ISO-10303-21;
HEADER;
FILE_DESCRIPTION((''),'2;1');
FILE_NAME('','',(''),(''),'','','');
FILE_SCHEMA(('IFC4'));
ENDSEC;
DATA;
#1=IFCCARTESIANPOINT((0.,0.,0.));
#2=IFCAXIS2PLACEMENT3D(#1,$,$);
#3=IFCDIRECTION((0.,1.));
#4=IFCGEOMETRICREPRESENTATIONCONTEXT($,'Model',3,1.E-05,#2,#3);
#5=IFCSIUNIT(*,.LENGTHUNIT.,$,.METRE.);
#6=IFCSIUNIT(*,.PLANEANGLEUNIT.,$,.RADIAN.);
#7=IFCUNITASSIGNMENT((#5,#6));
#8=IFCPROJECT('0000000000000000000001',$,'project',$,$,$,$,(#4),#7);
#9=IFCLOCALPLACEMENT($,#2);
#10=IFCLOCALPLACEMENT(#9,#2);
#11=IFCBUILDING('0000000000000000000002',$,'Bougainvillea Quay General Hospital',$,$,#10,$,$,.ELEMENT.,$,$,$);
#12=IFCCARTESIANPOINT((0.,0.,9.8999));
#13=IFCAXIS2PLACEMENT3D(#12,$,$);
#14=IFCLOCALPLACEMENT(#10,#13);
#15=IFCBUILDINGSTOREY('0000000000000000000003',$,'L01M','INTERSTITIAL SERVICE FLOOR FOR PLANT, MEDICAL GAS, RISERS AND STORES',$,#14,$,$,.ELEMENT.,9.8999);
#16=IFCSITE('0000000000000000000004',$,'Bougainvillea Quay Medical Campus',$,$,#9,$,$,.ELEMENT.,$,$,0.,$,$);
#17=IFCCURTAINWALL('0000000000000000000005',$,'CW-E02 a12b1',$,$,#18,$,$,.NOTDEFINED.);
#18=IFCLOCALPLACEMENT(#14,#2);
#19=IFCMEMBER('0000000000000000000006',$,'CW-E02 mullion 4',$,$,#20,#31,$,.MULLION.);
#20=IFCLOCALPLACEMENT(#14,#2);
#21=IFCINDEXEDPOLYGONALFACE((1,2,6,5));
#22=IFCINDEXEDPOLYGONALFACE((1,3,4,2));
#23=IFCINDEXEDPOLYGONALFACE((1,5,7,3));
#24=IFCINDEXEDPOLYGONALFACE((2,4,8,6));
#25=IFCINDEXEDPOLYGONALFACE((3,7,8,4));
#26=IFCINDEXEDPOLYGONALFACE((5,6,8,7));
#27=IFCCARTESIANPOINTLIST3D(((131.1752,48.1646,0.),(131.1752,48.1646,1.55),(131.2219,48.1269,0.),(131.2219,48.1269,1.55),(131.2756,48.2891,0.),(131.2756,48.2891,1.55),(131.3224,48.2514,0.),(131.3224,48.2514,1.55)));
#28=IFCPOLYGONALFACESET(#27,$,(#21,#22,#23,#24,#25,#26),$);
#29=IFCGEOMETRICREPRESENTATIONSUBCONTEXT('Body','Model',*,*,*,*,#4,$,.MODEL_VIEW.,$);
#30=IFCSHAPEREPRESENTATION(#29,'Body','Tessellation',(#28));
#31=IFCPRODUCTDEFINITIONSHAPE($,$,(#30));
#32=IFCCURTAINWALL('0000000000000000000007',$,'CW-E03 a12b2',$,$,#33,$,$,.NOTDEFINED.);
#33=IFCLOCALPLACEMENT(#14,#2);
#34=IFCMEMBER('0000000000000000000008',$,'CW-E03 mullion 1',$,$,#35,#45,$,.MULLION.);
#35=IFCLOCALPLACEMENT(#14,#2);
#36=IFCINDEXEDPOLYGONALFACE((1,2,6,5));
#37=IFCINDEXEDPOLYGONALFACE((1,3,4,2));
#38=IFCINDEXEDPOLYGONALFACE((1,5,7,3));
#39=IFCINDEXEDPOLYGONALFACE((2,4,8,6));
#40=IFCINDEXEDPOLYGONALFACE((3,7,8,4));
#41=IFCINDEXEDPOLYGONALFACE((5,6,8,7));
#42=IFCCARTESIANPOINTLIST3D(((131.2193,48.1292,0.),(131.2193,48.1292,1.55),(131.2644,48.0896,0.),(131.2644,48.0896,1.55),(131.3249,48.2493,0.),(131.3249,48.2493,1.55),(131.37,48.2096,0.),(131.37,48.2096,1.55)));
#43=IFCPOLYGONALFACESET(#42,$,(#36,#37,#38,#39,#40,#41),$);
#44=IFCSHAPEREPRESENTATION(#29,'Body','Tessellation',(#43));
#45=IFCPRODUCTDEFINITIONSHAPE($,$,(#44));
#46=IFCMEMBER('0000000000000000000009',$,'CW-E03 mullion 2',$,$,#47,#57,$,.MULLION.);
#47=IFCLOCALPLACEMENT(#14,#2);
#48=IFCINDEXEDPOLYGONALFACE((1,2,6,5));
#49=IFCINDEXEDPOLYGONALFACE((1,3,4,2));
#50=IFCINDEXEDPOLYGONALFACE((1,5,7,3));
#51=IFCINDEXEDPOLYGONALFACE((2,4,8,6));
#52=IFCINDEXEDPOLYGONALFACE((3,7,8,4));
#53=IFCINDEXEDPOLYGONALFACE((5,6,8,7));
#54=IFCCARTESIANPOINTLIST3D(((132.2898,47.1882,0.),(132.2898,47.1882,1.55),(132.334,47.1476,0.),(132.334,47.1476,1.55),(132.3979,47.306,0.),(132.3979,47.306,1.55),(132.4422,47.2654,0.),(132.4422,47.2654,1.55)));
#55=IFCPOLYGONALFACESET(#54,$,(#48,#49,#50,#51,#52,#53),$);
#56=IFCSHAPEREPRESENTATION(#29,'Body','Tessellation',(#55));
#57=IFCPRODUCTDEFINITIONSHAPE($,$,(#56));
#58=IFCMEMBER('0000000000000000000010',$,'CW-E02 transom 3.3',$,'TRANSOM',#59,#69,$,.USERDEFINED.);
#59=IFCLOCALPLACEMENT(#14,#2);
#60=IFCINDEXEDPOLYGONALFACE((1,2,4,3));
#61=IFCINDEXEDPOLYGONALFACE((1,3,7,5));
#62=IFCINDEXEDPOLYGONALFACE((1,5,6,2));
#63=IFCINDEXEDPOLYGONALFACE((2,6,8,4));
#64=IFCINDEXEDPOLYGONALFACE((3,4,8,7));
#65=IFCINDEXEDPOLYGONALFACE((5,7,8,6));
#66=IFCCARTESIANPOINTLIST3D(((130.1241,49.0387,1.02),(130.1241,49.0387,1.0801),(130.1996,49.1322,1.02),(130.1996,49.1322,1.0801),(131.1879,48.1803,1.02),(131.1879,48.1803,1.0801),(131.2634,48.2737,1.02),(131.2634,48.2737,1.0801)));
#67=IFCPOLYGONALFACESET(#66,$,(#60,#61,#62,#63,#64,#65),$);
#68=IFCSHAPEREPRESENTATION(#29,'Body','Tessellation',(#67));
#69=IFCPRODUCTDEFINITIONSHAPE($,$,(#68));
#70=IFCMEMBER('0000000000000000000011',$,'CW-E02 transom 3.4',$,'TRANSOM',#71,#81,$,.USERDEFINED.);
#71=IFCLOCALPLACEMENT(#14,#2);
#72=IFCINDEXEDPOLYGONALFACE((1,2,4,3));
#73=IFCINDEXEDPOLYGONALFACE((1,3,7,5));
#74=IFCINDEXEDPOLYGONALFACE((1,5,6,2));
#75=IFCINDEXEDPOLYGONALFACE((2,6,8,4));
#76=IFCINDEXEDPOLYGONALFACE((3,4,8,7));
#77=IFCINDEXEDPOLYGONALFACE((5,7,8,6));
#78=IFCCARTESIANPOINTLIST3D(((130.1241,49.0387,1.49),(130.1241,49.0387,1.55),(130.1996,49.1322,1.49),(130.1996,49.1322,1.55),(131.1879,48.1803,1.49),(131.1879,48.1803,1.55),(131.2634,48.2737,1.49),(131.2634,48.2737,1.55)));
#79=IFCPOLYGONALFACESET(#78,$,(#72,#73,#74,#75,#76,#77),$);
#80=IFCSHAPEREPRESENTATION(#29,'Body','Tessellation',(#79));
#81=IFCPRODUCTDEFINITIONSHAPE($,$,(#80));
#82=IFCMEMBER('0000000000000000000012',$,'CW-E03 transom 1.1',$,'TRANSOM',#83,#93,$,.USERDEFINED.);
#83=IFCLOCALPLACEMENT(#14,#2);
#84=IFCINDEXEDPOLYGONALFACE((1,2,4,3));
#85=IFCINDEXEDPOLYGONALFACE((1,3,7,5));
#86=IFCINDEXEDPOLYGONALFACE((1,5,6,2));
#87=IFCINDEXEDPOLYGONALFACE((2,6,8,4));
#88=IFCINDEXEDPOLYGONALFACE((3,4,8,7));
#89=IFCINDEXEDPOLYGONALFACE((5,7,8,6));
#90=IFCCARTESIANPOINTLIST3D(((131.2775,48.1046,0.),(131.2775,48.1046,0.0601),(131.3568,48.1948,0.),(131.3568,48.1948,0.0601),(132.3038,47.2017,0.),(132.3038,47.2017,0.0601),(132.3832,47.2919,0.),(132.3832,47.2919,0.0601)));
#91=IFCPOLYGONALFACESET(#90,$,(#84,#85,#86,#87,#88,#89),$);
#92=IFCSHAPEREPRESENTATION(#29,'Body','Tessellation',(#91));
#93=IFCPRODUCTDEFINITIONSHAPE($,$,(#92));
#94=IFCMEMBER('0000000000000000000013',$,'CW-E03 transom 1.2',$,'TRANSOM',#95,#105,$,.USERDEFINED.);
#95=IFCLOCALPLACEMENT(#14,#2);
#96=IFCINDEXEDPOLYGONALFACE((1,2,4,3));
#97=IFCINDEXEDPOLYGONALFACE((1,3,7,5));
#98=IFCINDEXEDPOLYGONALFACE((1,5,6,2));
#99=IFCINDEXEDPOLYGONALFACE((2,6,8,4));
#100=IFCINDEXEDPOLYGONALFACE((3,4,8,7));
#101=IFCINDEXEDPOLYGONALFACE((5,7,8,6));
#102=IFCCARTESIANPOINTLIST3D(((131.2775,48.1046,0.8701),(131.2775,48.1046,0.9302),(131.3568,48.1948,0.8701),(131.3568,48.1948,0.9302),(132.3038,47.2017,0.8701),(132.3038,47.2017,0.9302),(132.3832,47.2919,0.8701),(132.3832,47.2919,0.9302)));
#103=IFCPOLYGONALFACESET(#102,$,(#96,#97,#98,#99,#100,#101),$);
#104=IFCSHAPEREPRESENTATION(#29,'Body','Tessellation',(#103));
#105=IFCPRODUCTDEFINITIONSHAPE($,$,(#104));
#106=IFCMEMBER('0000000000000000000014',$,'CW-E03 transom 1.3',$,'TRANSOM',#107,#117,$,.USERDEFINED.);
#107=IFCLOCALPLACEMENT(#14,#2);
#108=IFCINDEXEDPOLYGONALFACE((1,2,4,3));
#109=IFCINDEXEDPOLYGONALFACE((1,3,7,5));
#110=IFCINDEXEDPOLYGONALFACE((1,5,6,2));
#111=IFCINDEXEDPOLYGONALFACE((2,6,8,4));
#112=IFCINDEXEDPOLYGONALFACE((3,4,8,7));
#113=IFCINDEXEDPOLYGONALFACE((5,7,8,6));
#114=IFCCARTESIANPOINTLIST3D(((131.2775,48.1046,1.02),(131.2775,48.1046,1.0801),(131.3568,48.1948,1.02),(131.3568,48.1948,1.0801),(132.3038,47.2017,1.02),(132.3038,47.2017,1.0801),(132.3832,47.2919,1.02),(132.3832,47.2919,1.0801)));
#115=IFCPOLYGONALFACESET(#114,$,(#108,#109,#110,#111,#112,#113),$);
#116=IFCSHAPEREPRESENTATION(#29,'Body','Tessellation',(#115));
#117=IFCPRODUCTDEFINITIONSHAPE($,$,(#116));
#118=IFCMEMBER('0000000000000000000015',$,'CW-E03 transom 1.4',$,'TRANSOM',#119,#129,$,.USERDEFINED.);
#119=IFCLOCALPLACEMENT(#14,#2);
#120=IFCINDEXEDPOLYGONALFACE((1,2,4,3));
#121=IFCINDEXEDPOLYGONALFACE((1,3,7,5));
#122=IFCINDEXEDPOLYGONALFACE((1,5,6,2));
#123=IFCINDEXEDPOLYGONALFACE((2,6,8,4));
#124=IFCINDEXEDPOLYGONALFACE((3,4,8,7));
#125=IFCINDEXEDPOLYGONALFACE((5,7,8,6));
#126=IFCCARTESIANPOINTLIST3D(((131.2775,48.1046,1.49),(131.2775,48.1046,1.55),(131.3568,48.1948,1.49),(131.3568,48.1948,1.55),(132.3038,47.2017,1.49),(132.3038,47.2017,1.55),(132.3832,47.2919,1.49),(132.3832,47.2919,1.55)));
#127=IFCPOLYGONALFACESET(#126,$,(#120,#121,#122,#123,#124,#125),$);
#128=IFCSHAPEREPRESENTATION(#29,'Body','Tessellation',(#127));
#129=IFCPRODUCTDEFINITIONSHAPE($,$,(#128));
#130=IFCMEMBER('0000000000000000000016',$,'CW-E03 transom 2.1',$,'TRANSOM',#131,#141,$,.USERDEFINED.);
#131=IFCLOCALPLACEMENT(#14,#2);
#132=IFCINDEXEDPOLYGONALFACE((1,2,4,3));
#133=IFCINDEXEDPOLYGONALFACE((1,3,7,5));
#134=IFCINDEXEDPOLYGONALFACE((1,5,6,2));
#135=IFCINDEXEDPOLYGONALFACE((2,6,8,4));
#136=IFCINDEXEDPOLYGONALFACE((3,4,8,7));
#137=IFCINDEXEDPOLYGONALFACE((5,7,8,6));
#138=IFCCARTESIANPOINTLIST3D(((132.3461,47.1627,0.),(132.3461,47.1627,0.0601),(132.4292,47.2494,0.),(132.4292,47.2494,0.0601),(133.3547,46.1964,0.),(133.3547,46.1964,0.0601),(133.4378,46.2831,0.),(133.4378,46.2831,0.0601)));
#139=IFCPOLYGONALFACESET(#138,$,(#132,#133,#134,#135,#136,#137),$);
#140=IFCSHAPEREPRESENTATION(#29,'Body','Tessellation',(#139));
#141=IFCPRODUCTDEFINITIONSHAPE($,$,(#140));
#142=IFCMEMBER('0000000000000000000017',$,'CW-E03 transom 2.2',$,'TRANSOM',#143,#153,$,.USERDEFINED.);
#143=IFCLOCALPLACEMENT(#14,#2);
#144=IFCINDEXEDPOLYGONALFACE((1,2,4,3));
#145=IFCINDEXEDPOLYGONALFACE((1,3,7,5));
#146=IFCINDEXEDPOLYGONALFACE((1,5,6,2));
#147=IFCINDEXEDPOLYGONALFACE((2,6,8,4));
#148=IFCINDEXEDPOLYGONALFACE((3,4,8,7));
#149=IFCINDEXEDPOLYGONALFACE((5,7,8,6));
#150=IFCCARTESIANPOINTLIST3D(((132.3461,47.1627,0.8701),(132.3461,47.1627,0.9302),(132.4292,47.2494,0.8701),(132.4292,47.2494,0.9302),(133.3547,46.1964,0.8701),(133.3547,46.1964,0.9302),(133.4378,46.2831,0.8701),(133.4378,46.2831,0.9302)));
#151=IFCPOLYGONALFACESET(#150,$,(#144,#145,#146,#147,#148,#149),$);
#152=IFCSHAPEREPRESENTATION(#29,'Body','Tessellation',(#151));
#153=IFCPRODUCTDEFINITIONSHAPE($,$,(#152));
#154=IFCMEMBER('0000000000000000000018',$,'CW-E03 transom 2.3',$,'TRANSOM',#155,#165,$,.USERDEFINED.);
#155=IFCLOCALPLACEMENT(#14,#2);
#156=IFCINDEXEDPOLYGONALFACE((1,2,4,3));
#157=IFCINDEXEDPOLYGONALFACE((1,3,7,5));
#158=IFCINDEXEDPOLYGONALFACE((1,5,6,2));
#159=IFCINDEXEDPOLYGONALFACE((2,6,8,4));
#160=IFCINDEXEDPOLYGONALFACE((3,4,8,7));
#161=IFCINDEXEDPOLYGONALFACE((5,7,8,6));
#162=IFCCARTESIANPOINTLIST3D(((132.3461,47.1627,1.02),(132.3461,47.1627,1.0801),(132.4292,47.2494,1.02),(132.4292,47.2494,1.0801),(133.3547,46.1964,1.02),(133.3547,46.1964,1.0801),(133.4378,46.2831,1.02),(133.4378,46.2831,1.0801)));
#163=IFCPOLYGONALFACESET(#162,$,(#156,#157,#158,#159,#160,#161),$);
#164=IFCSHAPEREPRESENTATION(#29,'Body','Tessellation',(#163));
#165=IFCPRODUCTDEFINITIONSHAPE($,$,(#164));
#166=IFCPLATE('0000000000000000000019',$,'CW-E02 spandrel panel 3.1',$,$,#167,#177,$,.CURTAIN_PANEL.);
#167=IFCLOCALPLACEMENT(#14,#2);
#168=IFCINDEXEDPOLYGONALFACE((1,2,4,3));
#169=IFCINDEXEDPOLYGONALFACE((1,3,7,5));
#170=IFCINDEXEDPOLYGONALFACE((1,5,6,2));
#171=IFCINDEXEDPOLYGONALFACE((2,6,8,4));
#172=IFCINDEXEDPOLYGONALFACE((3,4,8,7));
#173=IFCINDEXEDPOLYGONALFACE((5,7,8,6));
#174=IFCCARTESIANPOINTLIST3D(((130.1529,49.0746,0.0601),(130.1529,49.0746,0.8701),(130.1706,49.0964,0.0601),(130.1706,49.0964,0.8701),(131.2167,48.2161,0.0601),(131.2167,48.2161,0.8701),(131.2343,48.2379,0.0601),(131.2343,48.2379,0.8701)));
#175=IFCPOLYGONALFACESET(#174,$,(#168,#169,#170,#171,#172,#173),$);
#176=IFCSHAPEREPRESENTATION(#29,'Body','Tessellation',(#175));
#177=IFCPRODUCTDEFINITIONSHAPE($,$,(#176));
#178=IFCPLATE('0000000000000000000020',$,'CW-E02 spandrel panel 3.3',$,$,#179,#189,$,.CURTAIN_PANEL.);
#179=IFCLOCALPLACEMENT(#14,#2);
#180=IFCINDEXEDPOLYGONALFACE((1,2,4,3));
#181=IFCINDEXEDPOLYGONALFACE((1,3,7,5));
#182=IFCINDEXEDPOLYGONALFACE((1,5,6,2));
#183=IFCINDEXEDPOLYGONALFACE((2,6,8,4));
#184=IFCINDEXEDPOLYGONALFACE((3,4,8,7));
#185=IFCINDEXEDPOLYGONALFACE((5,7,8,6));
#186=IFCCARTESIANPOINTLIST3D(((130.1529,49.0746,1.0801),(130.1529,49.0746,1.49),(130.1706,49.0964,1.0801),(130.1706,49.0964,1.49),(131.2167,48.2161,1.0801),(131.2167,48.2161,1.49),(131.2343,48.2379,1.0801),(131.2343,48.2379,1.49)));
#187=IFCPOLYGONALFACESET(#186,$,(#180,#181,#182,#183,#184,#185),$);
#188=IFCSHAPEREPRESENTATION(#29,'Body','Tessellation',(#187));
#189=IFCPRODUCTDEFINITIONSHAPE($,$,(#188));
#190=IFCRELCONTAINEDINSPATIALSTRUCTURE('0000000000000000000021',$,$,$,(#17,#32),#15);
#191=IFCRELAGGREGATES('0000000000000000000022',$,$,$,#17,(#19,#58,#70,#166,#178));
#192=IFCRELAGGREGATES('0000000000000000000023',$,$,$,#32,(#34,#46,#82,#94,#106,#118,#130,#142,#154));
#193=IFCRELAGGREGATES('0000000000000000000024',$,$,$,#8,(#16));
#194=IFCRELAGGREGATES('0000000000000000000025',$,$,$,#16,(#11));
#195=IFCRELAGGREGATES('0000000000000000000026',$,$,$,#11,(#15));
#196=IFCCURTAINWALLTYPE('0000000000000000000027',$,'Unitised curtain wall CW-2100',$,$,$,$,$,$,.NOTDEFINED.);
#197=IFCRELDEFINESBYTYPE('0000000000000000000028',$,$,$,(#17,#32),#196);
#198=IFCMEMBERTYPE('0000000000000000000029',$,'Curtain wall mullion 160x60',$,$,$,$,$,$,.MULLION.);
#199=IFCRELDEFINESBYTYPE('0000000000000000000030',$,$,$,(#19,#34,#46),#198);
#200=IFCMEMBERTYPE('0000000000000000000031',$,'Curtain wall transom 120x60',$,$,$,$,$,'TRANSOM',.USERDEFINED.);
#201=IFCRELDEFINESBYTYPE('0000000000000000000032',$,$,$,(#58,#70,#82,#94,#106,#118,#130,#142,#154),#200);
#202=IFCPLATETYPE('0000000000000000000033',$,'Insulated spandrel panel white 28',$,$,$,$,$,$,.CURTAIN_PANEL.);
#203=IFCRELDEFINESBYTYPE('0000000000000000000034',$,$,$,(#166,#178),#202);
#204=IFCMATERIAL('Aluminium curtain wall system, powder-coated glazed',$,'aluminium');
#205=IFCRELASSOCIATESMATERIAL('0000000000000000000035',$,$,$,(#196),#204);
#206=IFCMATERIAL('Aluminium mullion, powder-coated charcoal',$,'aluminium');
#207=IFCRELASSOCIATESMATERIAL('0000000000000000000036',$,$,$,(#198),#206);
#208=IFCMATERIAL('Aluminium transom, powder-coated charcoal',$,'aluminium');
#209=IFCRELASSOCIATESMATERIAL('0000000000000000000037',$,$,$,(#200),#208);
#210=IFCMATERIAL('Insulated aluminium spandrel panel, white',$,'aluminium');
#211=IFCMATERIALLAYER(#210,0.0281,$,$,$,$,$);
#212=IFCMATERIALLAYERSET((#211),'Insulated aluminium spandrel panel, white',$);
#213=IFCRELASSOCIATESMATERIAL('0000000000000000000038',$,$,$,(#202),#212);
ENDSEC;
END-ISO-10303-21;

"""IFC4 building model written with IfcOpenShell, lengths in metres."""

from ifc_helpers import new_model, si_unit, direction, frame, origin, origin_2d, place, context, subcontext, project, spatial, rectangle, extrude, material, layer, layer_set, material_profile, profile_set, type_object, element, aggregate, save


model = new_model("IFC4")

# Units and contexts
model_context = context("Model", 3, precision=1e-05, world=origin(), true_north=direction((0.0, 1.0)))
body_context = subcontext(model_context, "Body", "Model", "MODEL_VIEW")
ifc_project = project(units=[si_unit("LENGTHUNIT", "METRE"), si_unit("PLANEANGLEUNIT", "RADIAN")], contexts=[model_context])

# Site, building, storey
site_placement = place(None, origin())
site = spatial("IfcSite", under=ifc_project, at=site_placement, Name="Bougainvillea Quay Medical Campus", CompositionType="ELEMENT", RefElevation=0.0)
building_placement = place(site_placement, origin())
building = spatial("IfcBuilding", under=site, at=building_placement, Name="Bougainvillea Quay General Hospital", CompositionType="ELEMENT")
storey_placement = place(building_placement, frame((0.0, 0.0, 9.8999)))
storey = spatial("IfcBuildingStorey", under=building, at=storey_placement, Name="L01M", Description="INTERSTITIAL SERVICE FLOOR FOR PLANT, MEDICAL GAS, RISERS AND STORES", CompositionType="ELEMENT", Elevation=9.8999)

# Curtain wall, member
ifc_material_1 = material(Name="Aluminium curtain wall system, powder-coated glazed", Category="aluminium")
curtain_wall_type = type_object("IfcCurtainWallType", Name="Unitised curtain wall CW-2100", PredefinedType="NOTDEFINED", material=ifc_material_1)
curtain_wall_1_placement = place(storey_placement, origin())
curtain_wall_1 = element("IfcCurtainWall", 1, at=curtain_wall_1_placement, inside=storey, type_object=curtain_wall_type, Name="CW-E02 a12b1", PredefinedType="NOTDEFINED")
ifc_material_2 = material(Name="Aluminium mullion, powder-coated charcoal", Category="aluminium")
ifc_material_profile_1 = material_profile(ifc_material_2, rectangle(XDim=0.1599, YDim=0.0601, at=origin_2d()))
ifc_profile_set_1 = profile_set([ifc_material_profile_1], Name="Aluminium mullion, powder-coated charcoal")
member_type_1 = type_object("IfcMemberType", Name="Curtain wall mullion 160x60", PredefinedType="MULLION", material=ifc_profile_set_1)
member_1_placement = place(storey_placement, frame((131.2488, 48.208, 0.0), z_axis=(0.0, 0.0, 1.0), x_axis=(0.628035, 0.778185, 0.0)))
member_1 = element("IfcMember", 2, at=member_1_placement, type_object=member_type_1, Name="CW-E02 mullion 4", PredefinedType="MULLION", context=body_context, shape_type="SweptSolid", body=[
    extrude(rectangle(XDim=0.1599, YDim=0.0601, at=origin_2d()), origin(), (0.0, 0.0, 1.0), 1.55),
])

# Curtain wall, members
curtain_wall_2_placement = place(storey_placement, origin())
curtain_wall_2 = element("IfcCurtainWall", 3, at=curtain_wall_2_placement, inside=storey, type_object=curtain_wall_type, Name="CW-E03 a12b2", PredefinedType="NOTDEFINED")
member_2_placement = place(storey_placement, frame((131.2947, 48.1694, 0.0), z_axis=(0.0, 0.0, 1.0), x_axis=(0.660561, 0.750772, 0.0)))
member_2 = element("IfcMember", 4, at=member_2_placement, type_object=member_type_1, Name="CW-E03 mullion 1", PredefinedType="MULLION", context=body_context, shape_type="SweptSolid", body=[
    extrude(rectangle(XDim=0.1599, YDim=0.0601, at=origin_2d()), origin(), (0.0, 0.0, 1.0), 1.55),
])
member_3_placement = place(storey_placement, frame((132.366, 47.2268, 0.0), z_axis=(0.0, 0.0, 1.0), x_axis=(0.676379, 0.736554, 0.0)))
member_3 = element("IfcMember", 5, at=member_3_placement, type_object=member_type_1, Name="CW-E03 mullion 2", PredefinedType="MULLION", context=body_context, shape_type="SweptSolid", body=[
    extrude(rectangle(XDim=0.1599, YDim=0.0601, at=origin_2d()), origin(), (0.0, 0.0, 1.0), 1.55),
])

# Members
ifc_material_3 = material(Name="Aluminium transom, powder-coated charcoal", Category="aluminium")
ifc_material_profile_2 = material_profile(ifc_material_3, rectangle(XDim=0.1201, YDim=0.0601, at=origin_2d()))
ifc_profile_set_2 = profile_set([ifc_material_profile_2], Name="Aluminium transom, powder-coated charcoal")
member_type_2 = type_object("IfcMemberType", Name="Curtain wall transom 120x60", ElementType="TRANSOM", PredefinedType="USERDEFINED", material=ifc_profile_set_2)
member_4_placement = place(storey_placement, frame((130.1619, 49.0854, 1.05), z_axis=(0.778213, -0.628, 0.0), x_axis=(0.628, 0.778213, 0.0)))
member_4 = element("IfcMember", 6, at=member_4_placement, type_object=member_type_2, Name="CW-E02 transom 3.3", ObjectType="TRANSOM", PredefinedType="USERDEFINED", context=body_context, shape_type="SweptSolid", body=[
    extrude(rectangle(XDim=0.1201, YDim=0.0601, at=origin_2d()), origin(), (0.0, 0.0, 1.0), 1.3669),
])
member_5_placement = place(storey_placement, frame((130.1619, 49.0854, 1.52), z_axis=(0.778213, -0.628, 0.0), x_axis=(0.628, 0.778213, 0.0)))
member_5 = element("IfcMember", 7, at=member_5_placement, type_object=member_type_2, Name="CW-E02 transom 3.4", ObjectType="TRANSOM", PredefinedType="USERDEFINED", context=body_context, shape_type="SweptSolid", body=[
    extrude(rectangle(XDim=0.1201, YDim=0.0601, at=origin_2d()), origin(), (0.0, 0.0, 1.0), 1.3669),
])
member_6_placement = place(storey_placement, frame((131.3171, 48.1497, 0.03), z_axis=(0.750848, -0.660475, 0.0), x_axis=(0.660475, 0.750848, 0.0)))
member_6 = element("IfcMember", 8, at=member_6_placement, type_object=member_type_2, Name="CW-E03 transom 1.1", ObjectType="TRANSOM", PredefinedType="USERDEFINED", context=body_context, shape_type="SweptSolid", body=[
    extrude(rectangle(XDim=0.1201, YDim=0.0601, at=origin_2d()), origin(), (0.0, 0.0, 1.0), 1.3669),
])
member_7_placement = place(storey_placement, frame((131.3171, 48.1497, 0.9001), z_axis=(0.750848, -0.660475, 0.0), x_axis=(0.660475, 0.750848, 0.0)))
member_7 = element("IfcMember", 9, at=member_7_placement, type_object=member_type_2, Name="CW-E03 transom 1.2", ObjectType="TRANSOM", PredefinedType="USERDEFINED", context=body_context, shape_type="SweptSolid", body=[
    extrude(rectangle(XDim=0.1201, YDim=0.0601, at=origin_2d()), origin(), (0.0, 0.0, 1.0), 1.3669),
])
member_8_placement = place(storey_placement, frame((131.3171, 48.1497, 1.05), z_axis=(0.750848, -0.660475, 0.0), x_axis=(0.660475, 0.750848, 0.0)))
member_8 = element("IfcMember", 10, at=member_8_placement, type_object=member_type_2, Name="CW-E03 transom 1.3", ObjectType="TRANSOM", PredefinedType="USERDEFINED", context=body_context, shape_type="SweptSolid", body=[
    extrude(rectangle(XDim=0.1201, YDim=0.0601, at=origin_2d()), origin(), (0.0, 0.0, 1.0), 1.3669),
])
member_9_placement = place(storey_placement, frame((131.3171, 48.1497, 1.52), z_axis=(0.750848, -0.660475, 0.0), x_axis=(0.660475, 0.750848, 0.0)))
member_9 = element("IfcMember", 11, at=member_9_placement, type_object=member_type_2, Name="CW-E03 transom 1.4", ObjectType="TRANSOM", PredefinedType="USERDEFINED", context=body_context, shape_type="SweptSolid", body=[
    extrude(rectangle(XDim=0.1201, YDim=0.0601, at=origin_2d()), origin(), (0.0, 0.0, 1.0), 1.3669),
])
member_10_placement = place(storey_placement, frame((132.3877, 47.2061, 0.03), z_axis=(0.722065, -0.691826, 0.0), x_axis=(0.691826, 0.722065, 0.0)))
member_10 = element("IfcMember", 12, at=member_10_placement, type_object=member_type_2, Name="CW-E03 transom 2.1", ObjectType="TRANSOM", PredefinedType="USERDEFINED", context=body_context, shape_type="SweptSolid", body=[
    extrude(rectangle(XDim=0.1201, YDim=0.0601, at=origin_2d()), origin(), (0.0, 0.0, 1.0), 1.3967),
])
member_11_placement = place(storey_placement, frame((132.3877, 47.2061, 0.9001), z_axis=(0.722065, -0.691826, 0.0), x_axis=(0.691826, 0.722065, 0.0)))
member_11 = element("IfcMember", 13, at=member_11_placement, type_object=member_type_2, Name="CW-E03 transom 2.2", ObjectType="TRANSOM", PredefinedType="USERDEFINED", context=body_context, shape_type="SweptSolid", body=[
    extrude(rectangle(XDim=0.1201, YDim=0.0601, at=origin_2d()), origin(), (0.0, 0.0, 1.0), 1.3967),
])
member_12_placement = place(storey_placement, frame((132.3877, 47.2061, 1.05), z_axis=(0.722065, -0.691826, 0.0), x_axis=(0.691826, 0.722065, 0.0)))
member_12 = element("IfcMember", 14, at=member_12_placement, type_object=member_type_2, Name="CW-E03 transom 2.3", ObjectType="TRANSOM", PredefinedType="USERDEFINED", context=body_context, shape_type="SweptSolid", body=[
    extrude(rectangle(XDim=0.1201, YDim=0.0601, at=origin_2d()), origin(), (0.0, 0.0, 1.0), 1.3967),
])

# Plates
ifc_material_4 = material(Name="Insulated aluminium spandrel panel, white", Category="aluminium")
ifc_layer_1 = layer(ifc_material_4, 0.0281)
ifc_layer_set_1 = layer_set([ifc_layer_1], Name="Insulated aluminium spandrel panel, white")
plate_type_1 = type_object("IfcPlateType", Name="Insulated spandrel panel white 28", PredefinedType="CURTAIN_PANEL", material=ifc_layer_set_1)
plate_1_placement = place(storey_placement, frame((130.6936, 48.6562, 0.0601), z_axis=(0.0, 0.0, 1.0), x_axis=(0.778185, -0.628035, 0.0)))
plate_1 = element("IfcPlate", 15, at=plate_1_placement, type_object=plate_type_1, Name="CW-E02 spandrel panel 3.1", PredefinedType="CURTAIN_PANEL", context=body_context, shape_type="SweptSolid", body=[
    extrude(rectangle(XDim=1.3669, YDim=0.0281, at=origin_2d()), origin(), (0.0, 0.0, 1.0), 0.8101),
])
plate_2_placement = place(storey_placement, frame((130.6936, 48.6562, 1.0801), z_axis=(0.0, 0.0, 1.0), x_axis=(0.778185, -0.628035, 0.0)))
plate_2 = element("IfcPlate", 16, at=plate_2_placement, type_object=plate_type_1, Name="CW-E02 spandrel panel 3.3", PredefinedType="CURTAIN_PANEL", context=body_context, shape_type="SweptSolid", body=[
    extrude(rectangle(XDim=1.3669, YDim=0.0281, at=origin_2d()), origin(), (0.0, 0.0, 1.0), 0.4099),
])
aggregate(curtain_wall_1, [member_1, member_4, member_5, plate_1, plate_2])
aggregate(curtain_wall_2, [member_2, member_3, member_6, member_7, member_8, member_9, member_10, member_11, member_12])

save(model, "model.ifc")
